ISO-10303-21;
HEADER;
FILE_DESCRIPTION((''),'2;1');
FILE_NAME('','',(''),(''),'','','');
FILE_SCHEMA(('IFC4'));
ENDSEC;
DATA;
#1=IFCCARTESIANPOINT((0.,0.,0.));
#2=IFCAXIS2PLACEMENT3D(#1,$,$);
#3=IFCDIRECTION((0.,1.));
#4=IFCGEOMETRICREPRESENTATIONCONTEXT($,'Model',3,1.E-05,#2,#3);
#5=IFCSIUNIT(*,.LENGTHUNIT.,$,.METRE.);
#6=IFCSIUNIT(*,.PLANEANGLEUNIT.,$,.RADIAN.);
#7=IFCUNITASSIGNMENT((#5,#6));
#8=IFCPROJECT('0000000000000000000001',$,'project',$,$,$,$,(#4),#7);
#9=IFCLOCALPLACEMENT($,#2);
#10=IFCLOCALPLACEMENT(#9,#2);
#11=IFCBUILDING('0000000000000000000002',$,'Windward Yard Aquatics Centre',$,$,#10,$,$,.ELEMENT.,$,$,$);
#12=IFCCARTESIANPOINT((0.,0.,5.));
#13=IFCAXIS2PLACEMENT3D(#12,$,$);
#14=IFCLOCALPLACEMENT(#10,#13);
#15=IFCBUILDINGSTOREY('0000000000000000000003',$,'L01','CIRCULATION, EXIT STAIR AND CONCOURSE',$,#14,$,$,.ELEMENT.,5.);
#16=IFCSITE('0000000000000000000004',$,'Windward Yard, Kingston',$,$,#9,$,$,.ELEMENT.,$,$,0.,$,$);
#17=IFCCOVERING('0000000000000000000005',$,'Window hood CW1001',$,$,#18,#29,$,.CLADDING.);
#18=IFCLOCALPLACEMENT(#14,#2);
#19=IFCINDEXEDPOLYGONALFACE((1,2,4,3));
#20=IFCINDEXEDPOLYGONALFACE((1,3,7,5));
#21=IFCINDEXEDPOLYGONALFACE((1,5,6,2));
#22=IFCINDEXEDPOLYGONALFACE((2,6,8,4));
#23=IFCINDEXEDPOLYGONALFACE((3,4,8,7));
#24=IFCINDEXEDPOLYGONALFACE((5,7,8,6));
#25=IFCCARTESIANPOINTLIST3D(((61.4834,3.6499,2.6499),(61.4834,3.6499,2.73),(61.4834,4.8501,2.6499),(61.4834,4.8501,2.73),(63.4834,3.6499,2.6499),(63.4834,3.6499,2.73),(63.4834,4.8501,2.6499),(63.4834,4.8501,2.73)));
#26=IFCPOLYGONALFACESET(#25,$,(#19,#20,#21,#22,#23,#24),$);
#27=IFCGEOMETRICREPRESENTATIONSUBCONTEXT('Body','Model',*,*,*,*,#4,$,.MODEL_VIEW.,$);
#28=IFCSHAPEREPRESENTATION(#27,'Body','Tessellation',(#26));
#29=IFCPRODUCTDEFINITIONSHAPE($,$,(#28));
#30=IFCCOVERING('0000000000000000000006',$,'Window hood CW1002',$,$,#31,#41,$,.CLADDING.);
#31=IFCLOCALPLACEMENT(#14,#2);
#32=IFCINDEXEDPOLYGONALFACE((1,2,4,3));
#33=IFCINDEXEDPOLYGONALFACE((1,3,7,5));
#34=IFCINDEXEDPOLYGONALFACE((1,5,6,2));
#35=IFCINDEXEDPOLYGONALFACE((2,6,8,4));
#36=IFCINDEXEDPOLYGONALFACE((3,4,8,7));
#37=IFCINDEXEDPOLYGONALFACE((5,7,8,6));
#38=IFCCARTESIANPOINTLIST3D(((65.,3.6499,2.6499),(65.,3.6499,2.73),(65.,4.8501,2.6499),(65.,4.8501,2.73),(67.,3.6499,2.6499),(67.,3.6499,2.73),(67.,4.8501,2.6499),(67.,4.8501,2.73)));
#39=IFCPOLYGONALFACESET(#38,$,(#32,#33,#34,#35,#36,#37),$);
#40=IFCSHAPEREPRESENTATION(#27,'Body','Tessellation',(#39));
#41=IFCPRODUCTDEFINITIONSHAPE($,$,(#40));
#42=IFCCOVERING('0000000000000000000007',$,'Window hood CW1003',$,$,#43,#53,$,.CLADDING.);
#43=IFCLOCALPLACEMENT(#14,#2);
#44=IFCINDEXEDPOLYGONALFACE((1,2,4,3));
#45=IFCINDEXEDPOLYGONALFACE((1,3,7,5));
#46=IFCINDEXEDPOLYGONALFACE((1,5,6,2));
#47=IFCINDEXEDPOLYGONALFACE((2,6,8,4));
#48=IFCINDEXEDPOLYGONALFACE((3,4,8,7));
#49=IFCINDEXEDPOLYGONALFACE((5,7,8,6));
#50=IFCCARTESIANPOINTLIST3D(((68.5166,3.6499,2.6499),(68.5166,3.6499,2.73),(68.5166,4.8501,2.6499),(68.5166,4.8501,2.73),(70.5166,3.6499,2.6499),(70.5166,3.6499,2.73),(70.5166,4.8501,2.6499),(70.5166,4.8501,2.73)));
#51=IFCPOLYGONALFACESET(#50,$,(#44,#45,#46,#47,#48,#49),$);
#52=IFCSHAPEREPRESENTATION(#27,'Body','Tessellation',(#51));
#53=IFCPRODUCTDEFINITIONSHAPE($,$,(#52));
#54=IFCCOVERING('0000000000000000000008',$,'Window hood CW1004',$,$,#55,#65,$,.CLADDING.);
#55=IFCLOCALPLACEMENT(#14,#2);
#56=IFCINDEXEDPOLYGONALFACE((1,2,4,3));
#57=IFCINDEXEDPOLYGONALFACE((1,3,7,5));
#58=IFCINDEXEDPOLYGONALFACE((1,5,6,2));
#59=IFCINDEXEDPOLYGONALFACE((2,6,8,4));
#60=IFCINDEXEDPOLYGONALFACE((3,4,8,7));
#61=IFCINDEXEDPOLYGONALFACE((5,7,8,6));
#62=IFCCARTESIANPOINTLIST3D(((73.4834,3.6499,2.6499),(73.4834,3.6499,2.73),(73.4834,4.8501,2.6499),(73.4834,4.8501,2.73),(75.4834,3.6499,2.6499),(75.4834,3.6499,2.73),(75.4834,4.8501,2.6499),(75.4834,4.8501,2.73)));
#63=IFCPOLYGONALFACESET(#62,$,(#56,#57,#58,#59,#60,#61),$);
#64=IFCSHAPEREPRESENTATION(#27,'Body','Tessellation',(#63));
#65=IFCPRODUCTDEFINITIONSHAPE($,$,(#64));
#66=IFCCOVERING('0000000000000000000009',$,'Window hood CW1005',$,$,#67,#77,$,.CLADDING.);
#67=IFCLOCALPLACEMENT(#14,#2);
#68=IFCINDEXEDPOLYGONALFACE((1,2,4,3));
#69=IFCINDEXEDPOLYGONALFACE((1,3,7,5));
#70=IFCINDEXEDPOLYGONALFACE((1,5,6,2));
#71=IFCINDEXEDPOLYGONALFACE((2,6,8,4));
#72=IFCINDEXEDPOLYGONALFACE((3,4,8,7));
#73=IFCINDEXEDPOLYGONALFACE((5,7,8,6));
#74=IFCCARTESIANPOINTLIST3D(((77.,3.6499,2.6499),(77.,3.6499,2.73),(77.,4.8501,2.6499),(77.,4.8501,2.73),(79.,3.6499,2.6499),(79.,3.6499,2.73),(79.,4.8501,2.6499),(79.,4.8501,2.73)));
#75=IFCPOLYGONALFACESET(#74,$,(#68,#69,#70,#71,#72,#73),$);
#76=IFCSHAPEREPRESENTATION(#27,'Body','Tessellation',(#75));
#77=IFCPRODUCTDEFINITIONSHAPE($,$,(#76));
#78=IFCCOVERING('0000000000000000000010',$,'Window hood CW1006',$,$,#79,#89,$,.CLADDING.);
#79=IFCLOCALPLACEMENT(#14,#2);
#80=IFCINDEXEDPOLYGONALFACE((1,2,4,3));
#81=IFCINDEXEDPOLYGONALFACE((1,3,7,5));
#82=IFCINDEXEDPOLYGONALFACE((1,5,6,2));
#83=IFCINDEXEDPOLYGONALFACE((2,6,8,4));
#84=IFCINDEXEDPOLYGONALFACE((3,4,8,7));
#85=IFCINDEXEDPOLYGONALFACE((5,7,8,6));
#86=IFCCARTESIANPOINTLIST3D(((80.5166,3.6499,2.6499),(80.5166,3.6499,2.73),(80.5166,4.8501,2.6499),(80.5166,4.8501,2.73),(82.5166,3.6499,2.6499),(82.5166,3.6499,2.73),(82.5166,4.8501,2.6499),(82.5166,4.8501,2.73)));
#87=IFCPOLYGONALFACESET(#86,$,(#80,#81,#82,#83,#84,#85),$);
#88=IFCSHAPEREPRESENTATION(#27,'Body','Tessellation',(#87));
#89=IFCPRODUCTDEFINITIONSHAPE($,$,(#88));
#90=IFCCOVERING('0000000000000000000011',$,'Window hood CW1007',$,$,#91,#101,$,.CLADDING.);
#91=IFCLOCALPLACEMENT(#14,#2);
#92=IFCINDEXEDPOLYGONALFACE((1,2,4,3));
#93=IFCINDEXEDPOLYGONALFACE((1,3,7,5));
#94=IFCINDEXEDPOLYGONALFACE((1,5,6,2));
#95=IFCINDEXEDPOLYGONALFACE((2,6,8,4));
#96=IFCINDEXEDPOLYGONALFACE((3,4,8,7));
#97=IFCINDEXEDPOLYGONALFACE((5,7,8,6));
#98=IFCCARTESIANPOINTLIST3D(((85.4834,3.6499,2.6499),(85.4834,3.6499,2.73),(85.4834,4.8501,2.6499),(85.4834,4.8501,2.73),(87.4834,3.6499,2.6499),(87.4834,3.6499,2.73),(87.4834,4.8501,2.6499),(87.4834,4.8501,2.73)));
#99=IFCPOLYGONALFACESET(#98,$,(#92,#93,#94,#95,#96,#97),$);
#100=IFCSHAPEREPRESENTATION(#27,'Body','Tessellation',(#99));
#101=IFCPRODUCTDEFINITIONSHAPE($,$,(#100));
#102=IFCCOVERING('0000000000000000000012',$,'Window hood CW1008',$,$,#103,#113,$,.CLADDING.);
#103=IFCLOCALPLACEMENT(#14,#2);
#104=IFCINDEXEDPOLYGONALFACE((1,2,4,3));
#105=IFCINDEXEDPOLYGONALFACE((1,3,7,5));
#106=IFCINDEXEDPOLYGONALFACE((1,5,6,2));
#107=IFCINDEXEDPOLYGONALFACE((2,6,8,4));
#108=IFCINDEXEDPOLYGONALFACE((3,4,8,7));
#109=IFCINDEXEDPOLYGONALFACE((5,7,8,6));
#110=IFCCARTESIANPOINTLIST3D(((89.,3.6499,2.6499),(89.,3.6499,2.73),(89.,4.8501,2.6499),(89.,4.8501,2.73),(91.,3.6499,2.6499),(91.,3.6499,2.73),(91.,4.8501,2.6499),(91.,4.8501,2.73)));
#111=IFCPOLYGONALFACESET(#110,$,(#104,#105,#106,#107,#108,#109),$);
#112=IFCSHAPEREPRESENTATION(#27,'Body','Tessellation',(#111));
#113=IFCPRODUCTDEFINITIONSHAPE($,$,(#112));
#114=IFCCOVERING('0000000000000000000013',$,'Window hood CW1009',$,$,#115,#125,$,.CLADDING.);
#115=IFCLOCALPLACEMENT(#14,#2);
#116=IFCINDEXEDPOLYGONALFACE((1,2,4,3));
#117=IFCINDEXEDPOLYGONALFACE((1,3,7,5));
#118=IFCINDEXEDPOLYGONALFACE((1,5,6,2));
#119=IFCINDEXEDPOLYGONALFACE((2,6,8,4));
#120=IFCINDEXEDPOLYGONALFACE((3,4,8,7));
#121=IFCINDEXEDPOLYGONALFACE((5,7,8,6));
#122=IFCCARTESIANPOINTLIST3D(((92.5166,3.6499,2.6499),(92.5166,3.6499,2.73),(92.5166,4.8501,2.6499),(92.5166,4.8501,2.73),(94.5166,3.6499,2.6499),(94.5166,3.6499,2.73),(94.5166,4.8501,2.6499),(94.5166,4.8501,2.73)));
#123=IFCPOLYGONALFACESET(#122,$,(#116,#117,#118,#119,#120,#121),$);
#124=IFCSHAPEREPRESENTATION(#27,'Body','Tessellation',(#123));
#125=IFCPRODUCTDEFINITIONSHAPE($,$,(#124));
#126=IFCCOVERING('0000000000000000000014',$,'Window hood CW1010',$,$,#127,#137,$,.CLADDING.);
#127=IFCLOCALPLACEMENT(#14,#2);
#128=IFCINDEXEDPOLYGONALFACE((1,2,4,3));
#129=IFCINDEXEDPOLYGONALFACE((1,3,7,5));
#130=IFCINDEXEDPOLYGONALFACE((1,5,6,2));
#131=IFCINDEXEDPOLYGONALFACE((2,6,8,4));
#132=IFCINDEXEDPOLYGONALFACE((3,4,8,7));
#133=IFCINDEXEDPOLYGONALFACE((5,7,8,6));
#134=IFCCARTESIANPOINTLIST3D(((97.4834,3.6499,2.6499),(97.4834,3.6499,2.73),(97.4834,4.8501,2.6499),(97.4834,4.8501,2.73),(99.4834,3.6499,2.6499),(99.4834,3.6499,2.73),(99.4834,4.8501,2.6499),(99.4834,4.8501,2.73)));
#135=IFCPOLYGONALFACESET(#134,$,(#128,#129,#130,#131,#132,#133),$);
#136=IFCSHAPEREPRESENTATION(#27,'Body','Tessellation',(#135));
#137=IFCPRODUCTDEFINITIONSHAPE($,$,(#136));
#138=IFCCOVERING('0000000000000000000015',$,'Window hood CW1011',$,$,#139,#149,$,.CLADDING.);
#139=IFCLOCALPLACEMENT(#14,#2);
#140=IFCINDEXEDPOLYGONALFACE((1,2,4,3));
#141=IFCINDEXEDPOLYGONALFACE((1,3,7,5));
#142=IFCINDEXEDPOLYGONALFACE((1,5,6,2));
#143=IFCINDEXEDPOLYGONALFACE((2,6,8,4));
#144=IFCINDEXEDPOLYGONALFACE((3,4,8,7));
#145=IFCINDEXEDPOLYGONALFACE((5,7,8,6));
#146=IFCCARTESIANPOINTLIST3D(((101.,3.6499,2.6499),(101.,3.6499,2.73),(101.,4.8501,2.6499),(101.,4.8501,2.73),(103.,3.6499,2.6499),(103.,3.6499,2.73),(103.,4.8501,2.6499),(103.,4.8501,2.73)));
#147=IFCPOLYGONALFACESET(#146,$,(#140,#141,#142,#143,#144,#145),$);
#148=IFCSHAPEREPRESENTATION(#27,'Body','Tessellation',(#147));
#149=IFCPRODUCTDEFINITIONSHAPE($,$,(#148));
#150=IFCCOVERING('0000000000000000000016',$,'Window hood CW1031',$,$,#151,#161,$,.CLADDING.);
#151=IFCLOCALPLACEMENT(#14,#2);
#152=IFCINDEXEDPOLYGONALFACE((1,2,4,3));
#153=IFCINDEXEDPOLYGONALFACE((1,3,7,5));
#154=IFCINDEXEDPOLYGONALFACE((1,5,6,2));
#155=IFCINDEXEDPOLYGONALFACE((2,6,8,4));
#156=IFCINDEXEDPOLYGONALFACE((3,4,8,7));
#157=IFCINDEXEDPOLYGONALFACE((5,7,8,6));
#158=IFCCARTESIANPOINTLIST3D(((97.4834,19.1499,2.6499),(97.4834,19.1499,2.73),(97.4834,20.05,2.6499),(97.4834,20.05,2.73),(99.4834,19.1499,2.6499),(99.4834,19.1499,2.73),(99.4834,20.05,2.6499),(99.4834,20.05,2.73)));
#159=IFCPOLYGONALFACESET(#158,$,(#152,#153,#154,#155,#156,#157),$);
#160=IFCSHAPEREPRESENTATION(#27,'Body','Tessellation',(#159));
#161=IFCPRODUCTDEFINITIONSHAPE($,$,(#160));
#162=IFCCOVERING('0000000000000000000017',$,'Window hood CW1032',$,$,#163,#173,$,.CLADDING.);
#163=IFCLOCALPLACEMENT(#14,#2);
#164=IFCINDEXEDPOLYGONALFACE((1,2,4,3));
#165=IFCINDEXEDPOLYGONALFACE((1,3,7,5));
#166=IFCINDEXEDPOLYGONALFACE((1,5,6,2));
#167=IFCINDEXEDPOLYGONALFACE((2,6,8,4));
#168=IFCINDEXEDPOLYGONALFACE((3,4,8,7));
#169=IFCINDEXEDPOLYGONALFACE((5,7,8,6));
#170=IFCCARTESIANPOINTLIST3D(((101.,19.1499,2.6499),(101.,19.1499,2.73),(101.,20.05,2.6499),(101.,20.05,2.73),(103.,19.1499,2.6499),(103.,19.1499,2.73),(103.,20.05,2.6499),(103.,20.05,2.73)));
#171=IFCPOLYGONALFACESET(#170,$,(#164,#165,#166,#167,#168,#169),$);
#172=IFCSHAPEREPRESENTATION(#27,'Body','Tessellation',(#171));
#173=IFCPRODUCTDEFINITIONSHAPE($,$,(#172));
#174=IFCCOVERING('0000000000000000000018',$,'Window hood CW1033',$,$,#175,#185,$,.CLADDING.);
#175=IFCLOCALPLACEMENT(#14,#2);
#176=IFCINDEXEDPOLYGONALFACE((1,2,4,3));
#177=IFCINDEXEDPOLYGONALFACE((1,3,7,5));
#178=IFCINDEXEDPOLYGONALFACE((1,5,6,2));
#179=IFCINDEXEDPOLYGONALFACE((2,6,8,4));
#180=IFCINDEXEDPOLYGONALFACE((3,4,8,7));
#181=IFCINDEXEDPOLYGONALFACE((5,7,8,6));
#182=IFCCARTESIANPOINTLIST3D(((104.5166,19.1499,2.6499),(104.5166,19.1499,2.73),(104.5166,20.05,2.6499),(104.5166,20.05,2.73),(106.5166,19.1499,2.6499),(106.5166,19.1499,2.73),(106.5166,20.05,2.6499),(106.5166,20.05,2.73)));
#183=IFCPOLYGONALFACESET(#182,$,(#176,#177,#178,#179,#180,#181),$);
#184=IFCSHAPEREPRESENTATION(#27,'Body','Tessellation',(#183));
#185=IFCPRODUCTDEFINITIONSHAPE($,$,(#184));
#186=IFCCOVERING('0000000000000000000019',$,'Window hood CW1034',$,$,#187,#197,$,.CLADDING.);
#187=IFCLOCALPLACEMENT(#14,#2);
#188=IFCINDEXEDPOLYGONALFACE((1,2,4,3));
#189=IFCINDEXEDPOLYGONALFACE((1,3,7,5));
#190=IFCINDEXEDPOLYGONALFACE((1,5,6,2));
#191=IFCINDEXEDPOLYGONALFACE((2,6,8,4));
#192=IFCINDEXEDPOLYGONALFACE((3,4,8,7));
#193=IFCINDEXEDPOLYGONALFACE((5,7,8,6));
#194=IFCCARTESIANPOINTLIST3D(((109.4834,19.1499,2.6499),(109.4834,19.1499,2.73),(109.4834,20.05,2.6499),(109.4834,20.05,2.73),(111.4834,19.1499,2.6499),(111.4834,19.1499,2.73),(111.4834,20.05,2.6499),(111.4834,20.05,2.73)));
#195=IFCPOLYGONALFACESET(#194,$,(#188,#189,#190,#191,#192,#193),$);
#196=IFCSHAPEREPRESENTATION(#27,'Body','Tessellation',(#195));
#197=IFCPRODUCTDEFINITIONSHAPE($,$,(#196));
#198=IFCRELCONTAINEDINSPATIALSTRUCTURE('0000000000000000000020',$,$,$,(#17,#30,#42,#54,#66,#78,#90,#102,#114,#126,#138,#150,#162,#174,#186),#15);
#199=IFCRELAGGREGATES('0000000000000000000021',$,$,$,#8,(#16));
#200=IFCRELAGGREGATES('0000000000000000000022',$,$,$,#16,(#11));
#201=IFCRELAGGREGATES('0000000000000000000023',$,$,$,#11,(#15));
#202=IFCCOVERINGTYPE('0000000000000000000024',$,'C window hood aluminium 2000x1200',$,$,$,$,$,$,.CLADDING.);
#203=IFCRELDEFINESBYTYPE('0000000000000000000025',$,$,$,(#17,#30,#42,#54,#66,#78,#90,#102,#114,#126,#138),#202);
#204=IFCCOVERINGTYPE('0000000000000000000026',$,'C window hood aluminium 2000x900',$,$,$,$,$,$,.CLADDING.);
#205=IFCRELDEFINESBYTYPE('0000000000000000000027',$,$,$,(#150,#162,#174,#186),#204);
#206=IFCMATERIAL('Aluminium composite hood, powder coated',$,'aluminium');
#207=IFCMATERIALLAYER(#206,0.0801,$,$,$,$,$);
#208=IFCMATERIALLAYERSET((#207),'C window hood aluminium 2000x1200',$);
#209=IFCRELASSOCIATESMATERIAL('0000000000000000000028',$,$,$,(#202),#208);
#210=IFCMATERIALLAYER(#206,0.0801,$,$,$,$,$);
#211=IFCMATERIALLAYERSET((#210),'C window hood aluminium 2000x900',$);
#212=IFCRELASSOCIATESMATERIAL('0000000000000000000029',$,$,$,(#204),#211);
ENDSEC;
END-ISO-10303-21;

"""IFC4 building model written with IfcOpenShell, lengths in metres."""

from ifc_helpers import new_model, si_unit, direction, frame, origin, place, context, subcontext, project, spatial, polyline, outline, extrude, material, layer, layer_set, type_object, element, save


model = new_model("IFC4")

# Units and contexts
model_context = context("Model", 3, precision=1e-05, world=origin(), true_north=direction((0.0, 1.0)))
body_context = subcontext(model_context, "Body", "Model", "MODEL_VIEW")
ifc_project = project(units=[si_unit("LENGTHUNIT", "METRE"), si_unit("PLANEANGLEUNIT", "RADIAN")], contexts=[model_context])

# Site, building, storey
site_placement = place(None, origin())
site = spatial("IfcSite", under=ifc_project, at=site_placement, Name="Windward Yard, Kingston", CompositionType="ELEMENT", RefElevation=0.0)
building_placement = place(site_placement, origin())
building = spatial("IfcBuilding", under=site, at=building_placement, Name="Windward Yard Aquatics Centre", CompositionType="ELEMENT")
storey_placement = place(building_placement, frame((0.0, 0.0, 5.0)))
storey = spatial("IfcBuildingStorey", under=building, at=storey_placement, Name="L01", Description="CIRCULATION, EXIT STAIR AND CONCOURSE", CompositionType="ELEMENT", Elevation=5.0)

# Coverings
ifc_material = material(Name="Aluminium composite hood, powder coated", Category="aluminium")
ifc_layer_1 = layer(ifc_material, 0.0801)
ifc_layer_set_1 = layer_set([ifc_layer_1], Name="C window hood aluminium 2000x1200")
covering_type_1 = type_object("IfcCoveringType", Name="C window hood aluminium 2000x1200", PredefinedType="CLADDING", material=ifc_layer_set_1)
covering_1_placement = place(storey_placement, frame((0.0, 0.0, 2.6499)))
element("IfcCovering", 1, at=covering_1_placement, inside=storey, type_object=covering_type_1, Name="Window hood CW1001", PredefinedType="CLADDING", context=body_context, shape_type="SweptSolid", body=[
    extrude(outline(polyline([(61.4834, 3.6499), (61.4834, 4.8501), (63.4834, 4.8501), (63.4834, 3.6499), (61.4834, 3.6499)])), origin(), (0.0, 0.0, 1.0), 0.0801),
])
covering_2_placement = place(storey_placement, frame((0.0, 0.0, 2.6499)))
element("IfcCovering", 2, at=covering_2_placement, inside=storey, type_object=covering_type_1, Name="Window hood CW1002", PredefinedType="CLADDING", context=body_context, shape_type="SweptSolid", body=[
    extrude(outline(polyline([(65.0, 3.6499), (65.0, 4.8501), (67.0, 4.8501), (67.0, 3.6499), (65.0, 3.6499)])), origin(), (0.0, 0.0, 1.0), 0.0801),
])
covering_3_placement = place(storey_placement, frame((0.0, 0.0, 2.6499)))
element("IfcCovering", 3, at=covering_3_placement, inside=storey, type_object=covering_type_1, Name="Window hood CW1003", PredefinedType="CLADDING", context=body_context, shape_type="SweptSolid", body=[
    extrude(outline(polyline([(68.5166, 3.6499), (68.5166, 4.8501), (70.5166, 4.8501), (70.5166, 3.6499), (68.5166, 3.6499)])), origin(), (0.0, 0.0, 1.0), 0.0801),
])
covering_4_placement = place(storey_placement, frame((0.0, 0.0, 2.6499)))
element("IfcCovering", 4, at=covering_4_placement, inside=storey, type_object=covering_type_1, Name="Window hood CW1004", PredefinedType="CLADDING", context=body_context, shape_type="SweptSolid", body=[
    extrude(outline(polyline([(73.4834, 3.6499), (73.4834, 4.8501), (75.4834, 4.8501), (75.4834, 3.6499), (73.4834, 3.6499)])), origin(), (0.0, 0.0, 1.0), 0.0801),
])
covering_5_placement = place(storey_placement, frame((0.0, 0.0, 2.6499)))
element("IfcCovering", 5, at=covering_5_placement, inside=storey, type_object=covering_type_1, Name="Window hood CW1005", PredefinedType="CLADDING", context=body_context, shape_type="SweptSolid", body=[
    extrude(outline(polyline([(77.0, 3.6499), (77.0, 4.8501), (79.0, 4.8501), (79.0, 3.6499), (77.0, 3.6499)])), origin(), (0.0, 0.0, 1.0), 0.0801),
])
covering_6_placement = place(storey_placement, frame((0.0, 0.0, 2.6499)))
element("IfcCovering", 6, at=covering_6_placement, inside=storey, type_object=covering_type_1, Name="Window hood CW1006", PredefinedType="CLADDING", context=body_context, shape_type="SweptSolid", body=[
    extrude(outline(polyline([(80.5166, 3.6499), (80.5166, 4.8501), (82.5166, 4.8501), (82.5166, 3.6499), (80.5166, 3.6499)])), origin(), (0.0, 0.0, 1.0), 0.0801),
])
covering_7_placement = place(storey_placement, frame((0.0, 0.0, 2.6499)))
element("IfcCovering", 7, at=covering_7_placement, inside=storey, type_object=covering_type_1, Name="Window hood CW1007", PredefinedType="CLADDING", context=body_context, shape_type="SweptSolid", body=[
    extrude(outline(polyline([(85.4834, 3.6499), (85.4834, 4.8501), (87.4834, 4.8501), (87.4834, 3.6499), (85.4834, 3.6499)])), origin(), (0.0, 0.0, 1.0), 0.0801),
])
covering_8_placement = place(storey_placement, frame((0.0, 0.0, 2.6499)))
element("IfcCovering", 8, at=covering_8_placement, inside=storey, type_object=covering_type_1, Name="Window hood CW1008", PredefinedType="CLADDING", context=body_context, shape_type="SweptSolid", body=[
    extrude(outline(polyline([(89.0, 3.6499), (89.0, 4.8501), (91.0, 4.8501), (91.0, 3.6499), (89.0, 3.6499)])), origin(), (0.0, 0.0, 1.0), 0.0801),
])
covering_9_placement = place(storey_placement, frame((0.0, 0.0, 2.6499)))
element("IfcCovering", 9, at=covering_9_placement, inside=storey, type_object=covering_type_1, Name="Window hood CW1009", PredefinedType="CLADDING", context=body_context, shape_type="SweptSolid", body=[
    extrude(outline(polyline([(92.5166, 3.6499), (92.5166, 4.8501), (94.5166, 4.8501), (94.5166, 3.6499), (92.5166, 3.6499)])), origin(), (0.0, 0.0, 1.0), 0.0801),
])
covering_10_placement = place(storey_placement, frame((0.0, 0.0, 2.6499)))
element("IfcCovering", 10, at=covering_10_placement, inside=storey, type_object=covering_type_1, Name="Window hood CW1010", PredefinedType="CLADDING", context=body_context, shape_type="SweptSolid", body=[
    extrude(outline(polyline([(97.4834, 3.6499), (97.4834, 4.8501), (99.4834, 4.8501), (99.4834, 3.6499), (97.4834, 3.6499)])), origin(), (0.0, 0.0, 1.0), 0.0801),
])
covering_11_placement = place(storey_placement, frame((0.0, 0.0, 2.6499)))
element("IfcCovering", 11, at=covering_11_placement, inside=storey, type_object=covering_type_1, Name="Window hood CW1011", PredefinedType="CLADDING", context=body_context, shape_type="SweptSolid", body=[
    extrude(outline(polyline([(101.0, 3.6499), (101.0, 4.8501), (103.0, 4.8501), (103.0, 3.6499), (101.0, 3.6499)])), origin(), (0.0, 0.0, 1.0), 0.0801),
])
ifc_layer_2 = layer(ifc_material, 0.0801)
ifc_layer_set_2 = layer_set([ifc_layer_2], Name="C window hood aluminium 2000x900")
covering_type_2 = type_object("IfcCoveringType", Name="C window hood aluminium 2000x900", PredefinedType="CLADDING", material=ifc_layer_set_2)
covering_12_placement = place(storey_placement, frame((0.0, 0.0, 2.6499)))
element("IfcCovering", 12, at=covering_12_placement, inside=storey, type_object=covering_type_2, Name="Window hood CW1031", PredefinedType="CLADDING", context=body_context, shape_type="SweptSolid", body=[
    extrude(outline(polyline([(97.4834, 19.1499), (99.4834, 19.1499), (99.4834, 20.05), (97.4834, 20.05), (97.4834, 19.1499)])), origin(), (0.0, 0.0, 1.0), 0.0801),
])
covering_13_placement = place(storey_placement, frame((0.0, 0.0, 2.6499)))
element("IfcCovering", 13, at=covering_13_placement, inside=storey, type_object=covering_type_2, Name="Window hood CW1032", PredefinedType="CLADDING", context=body_context, shape_type="SweptSolid", body=[
    extrude(outline(polyline([(101.0, 19.1499), (103.0, 19.1499), (103.0, 20.05), (101.0, 20.05), (101.0, 19.1499)])), origin(), (0.0, 0.0, 1.0), 0.0801),
])
covering_14_placement = place(storey_placement, frame((0.0, 0.0, 2.6499)))
element("IfcCovering", 14, at=covering_14_placement, inside=storey, type_object=covering_type_2, Name="Window hood CW1033", PredefinedType="CLADDING", context=body_context, shape_type="SweptSolid", body=[
    extrude(outline(polyline([(104.5166, 19.1499), (106.5166, 19.1499), (106.5166, 20.05), (104.5166, 20.05), (104.5166, 19.1499)])), origin(), (0.0, 0.0, 1.0), 0.0801),
])
covering_15_placement = place(storey_placement, frame((0.0, 0.0, 2.6499)))
element("IfcCovering", 15, at=covering_15_placement, inside=storey, type_object=covering_type_2, Name="Window hood CW1034", PredefinedType="CLADDING", context=body_context, shape_type="SweptSolid", body=[
    extrude(outline(polyline([(109.4834, 19.1499), (111.4834, 19.1499), (111.4834, 20.05), (109.4834, 20.05), (109.4834, 19.1499)])), origin(), (0.0, 0.0, 1.0), 0.0801),
])

save(model, "model.ifc")
